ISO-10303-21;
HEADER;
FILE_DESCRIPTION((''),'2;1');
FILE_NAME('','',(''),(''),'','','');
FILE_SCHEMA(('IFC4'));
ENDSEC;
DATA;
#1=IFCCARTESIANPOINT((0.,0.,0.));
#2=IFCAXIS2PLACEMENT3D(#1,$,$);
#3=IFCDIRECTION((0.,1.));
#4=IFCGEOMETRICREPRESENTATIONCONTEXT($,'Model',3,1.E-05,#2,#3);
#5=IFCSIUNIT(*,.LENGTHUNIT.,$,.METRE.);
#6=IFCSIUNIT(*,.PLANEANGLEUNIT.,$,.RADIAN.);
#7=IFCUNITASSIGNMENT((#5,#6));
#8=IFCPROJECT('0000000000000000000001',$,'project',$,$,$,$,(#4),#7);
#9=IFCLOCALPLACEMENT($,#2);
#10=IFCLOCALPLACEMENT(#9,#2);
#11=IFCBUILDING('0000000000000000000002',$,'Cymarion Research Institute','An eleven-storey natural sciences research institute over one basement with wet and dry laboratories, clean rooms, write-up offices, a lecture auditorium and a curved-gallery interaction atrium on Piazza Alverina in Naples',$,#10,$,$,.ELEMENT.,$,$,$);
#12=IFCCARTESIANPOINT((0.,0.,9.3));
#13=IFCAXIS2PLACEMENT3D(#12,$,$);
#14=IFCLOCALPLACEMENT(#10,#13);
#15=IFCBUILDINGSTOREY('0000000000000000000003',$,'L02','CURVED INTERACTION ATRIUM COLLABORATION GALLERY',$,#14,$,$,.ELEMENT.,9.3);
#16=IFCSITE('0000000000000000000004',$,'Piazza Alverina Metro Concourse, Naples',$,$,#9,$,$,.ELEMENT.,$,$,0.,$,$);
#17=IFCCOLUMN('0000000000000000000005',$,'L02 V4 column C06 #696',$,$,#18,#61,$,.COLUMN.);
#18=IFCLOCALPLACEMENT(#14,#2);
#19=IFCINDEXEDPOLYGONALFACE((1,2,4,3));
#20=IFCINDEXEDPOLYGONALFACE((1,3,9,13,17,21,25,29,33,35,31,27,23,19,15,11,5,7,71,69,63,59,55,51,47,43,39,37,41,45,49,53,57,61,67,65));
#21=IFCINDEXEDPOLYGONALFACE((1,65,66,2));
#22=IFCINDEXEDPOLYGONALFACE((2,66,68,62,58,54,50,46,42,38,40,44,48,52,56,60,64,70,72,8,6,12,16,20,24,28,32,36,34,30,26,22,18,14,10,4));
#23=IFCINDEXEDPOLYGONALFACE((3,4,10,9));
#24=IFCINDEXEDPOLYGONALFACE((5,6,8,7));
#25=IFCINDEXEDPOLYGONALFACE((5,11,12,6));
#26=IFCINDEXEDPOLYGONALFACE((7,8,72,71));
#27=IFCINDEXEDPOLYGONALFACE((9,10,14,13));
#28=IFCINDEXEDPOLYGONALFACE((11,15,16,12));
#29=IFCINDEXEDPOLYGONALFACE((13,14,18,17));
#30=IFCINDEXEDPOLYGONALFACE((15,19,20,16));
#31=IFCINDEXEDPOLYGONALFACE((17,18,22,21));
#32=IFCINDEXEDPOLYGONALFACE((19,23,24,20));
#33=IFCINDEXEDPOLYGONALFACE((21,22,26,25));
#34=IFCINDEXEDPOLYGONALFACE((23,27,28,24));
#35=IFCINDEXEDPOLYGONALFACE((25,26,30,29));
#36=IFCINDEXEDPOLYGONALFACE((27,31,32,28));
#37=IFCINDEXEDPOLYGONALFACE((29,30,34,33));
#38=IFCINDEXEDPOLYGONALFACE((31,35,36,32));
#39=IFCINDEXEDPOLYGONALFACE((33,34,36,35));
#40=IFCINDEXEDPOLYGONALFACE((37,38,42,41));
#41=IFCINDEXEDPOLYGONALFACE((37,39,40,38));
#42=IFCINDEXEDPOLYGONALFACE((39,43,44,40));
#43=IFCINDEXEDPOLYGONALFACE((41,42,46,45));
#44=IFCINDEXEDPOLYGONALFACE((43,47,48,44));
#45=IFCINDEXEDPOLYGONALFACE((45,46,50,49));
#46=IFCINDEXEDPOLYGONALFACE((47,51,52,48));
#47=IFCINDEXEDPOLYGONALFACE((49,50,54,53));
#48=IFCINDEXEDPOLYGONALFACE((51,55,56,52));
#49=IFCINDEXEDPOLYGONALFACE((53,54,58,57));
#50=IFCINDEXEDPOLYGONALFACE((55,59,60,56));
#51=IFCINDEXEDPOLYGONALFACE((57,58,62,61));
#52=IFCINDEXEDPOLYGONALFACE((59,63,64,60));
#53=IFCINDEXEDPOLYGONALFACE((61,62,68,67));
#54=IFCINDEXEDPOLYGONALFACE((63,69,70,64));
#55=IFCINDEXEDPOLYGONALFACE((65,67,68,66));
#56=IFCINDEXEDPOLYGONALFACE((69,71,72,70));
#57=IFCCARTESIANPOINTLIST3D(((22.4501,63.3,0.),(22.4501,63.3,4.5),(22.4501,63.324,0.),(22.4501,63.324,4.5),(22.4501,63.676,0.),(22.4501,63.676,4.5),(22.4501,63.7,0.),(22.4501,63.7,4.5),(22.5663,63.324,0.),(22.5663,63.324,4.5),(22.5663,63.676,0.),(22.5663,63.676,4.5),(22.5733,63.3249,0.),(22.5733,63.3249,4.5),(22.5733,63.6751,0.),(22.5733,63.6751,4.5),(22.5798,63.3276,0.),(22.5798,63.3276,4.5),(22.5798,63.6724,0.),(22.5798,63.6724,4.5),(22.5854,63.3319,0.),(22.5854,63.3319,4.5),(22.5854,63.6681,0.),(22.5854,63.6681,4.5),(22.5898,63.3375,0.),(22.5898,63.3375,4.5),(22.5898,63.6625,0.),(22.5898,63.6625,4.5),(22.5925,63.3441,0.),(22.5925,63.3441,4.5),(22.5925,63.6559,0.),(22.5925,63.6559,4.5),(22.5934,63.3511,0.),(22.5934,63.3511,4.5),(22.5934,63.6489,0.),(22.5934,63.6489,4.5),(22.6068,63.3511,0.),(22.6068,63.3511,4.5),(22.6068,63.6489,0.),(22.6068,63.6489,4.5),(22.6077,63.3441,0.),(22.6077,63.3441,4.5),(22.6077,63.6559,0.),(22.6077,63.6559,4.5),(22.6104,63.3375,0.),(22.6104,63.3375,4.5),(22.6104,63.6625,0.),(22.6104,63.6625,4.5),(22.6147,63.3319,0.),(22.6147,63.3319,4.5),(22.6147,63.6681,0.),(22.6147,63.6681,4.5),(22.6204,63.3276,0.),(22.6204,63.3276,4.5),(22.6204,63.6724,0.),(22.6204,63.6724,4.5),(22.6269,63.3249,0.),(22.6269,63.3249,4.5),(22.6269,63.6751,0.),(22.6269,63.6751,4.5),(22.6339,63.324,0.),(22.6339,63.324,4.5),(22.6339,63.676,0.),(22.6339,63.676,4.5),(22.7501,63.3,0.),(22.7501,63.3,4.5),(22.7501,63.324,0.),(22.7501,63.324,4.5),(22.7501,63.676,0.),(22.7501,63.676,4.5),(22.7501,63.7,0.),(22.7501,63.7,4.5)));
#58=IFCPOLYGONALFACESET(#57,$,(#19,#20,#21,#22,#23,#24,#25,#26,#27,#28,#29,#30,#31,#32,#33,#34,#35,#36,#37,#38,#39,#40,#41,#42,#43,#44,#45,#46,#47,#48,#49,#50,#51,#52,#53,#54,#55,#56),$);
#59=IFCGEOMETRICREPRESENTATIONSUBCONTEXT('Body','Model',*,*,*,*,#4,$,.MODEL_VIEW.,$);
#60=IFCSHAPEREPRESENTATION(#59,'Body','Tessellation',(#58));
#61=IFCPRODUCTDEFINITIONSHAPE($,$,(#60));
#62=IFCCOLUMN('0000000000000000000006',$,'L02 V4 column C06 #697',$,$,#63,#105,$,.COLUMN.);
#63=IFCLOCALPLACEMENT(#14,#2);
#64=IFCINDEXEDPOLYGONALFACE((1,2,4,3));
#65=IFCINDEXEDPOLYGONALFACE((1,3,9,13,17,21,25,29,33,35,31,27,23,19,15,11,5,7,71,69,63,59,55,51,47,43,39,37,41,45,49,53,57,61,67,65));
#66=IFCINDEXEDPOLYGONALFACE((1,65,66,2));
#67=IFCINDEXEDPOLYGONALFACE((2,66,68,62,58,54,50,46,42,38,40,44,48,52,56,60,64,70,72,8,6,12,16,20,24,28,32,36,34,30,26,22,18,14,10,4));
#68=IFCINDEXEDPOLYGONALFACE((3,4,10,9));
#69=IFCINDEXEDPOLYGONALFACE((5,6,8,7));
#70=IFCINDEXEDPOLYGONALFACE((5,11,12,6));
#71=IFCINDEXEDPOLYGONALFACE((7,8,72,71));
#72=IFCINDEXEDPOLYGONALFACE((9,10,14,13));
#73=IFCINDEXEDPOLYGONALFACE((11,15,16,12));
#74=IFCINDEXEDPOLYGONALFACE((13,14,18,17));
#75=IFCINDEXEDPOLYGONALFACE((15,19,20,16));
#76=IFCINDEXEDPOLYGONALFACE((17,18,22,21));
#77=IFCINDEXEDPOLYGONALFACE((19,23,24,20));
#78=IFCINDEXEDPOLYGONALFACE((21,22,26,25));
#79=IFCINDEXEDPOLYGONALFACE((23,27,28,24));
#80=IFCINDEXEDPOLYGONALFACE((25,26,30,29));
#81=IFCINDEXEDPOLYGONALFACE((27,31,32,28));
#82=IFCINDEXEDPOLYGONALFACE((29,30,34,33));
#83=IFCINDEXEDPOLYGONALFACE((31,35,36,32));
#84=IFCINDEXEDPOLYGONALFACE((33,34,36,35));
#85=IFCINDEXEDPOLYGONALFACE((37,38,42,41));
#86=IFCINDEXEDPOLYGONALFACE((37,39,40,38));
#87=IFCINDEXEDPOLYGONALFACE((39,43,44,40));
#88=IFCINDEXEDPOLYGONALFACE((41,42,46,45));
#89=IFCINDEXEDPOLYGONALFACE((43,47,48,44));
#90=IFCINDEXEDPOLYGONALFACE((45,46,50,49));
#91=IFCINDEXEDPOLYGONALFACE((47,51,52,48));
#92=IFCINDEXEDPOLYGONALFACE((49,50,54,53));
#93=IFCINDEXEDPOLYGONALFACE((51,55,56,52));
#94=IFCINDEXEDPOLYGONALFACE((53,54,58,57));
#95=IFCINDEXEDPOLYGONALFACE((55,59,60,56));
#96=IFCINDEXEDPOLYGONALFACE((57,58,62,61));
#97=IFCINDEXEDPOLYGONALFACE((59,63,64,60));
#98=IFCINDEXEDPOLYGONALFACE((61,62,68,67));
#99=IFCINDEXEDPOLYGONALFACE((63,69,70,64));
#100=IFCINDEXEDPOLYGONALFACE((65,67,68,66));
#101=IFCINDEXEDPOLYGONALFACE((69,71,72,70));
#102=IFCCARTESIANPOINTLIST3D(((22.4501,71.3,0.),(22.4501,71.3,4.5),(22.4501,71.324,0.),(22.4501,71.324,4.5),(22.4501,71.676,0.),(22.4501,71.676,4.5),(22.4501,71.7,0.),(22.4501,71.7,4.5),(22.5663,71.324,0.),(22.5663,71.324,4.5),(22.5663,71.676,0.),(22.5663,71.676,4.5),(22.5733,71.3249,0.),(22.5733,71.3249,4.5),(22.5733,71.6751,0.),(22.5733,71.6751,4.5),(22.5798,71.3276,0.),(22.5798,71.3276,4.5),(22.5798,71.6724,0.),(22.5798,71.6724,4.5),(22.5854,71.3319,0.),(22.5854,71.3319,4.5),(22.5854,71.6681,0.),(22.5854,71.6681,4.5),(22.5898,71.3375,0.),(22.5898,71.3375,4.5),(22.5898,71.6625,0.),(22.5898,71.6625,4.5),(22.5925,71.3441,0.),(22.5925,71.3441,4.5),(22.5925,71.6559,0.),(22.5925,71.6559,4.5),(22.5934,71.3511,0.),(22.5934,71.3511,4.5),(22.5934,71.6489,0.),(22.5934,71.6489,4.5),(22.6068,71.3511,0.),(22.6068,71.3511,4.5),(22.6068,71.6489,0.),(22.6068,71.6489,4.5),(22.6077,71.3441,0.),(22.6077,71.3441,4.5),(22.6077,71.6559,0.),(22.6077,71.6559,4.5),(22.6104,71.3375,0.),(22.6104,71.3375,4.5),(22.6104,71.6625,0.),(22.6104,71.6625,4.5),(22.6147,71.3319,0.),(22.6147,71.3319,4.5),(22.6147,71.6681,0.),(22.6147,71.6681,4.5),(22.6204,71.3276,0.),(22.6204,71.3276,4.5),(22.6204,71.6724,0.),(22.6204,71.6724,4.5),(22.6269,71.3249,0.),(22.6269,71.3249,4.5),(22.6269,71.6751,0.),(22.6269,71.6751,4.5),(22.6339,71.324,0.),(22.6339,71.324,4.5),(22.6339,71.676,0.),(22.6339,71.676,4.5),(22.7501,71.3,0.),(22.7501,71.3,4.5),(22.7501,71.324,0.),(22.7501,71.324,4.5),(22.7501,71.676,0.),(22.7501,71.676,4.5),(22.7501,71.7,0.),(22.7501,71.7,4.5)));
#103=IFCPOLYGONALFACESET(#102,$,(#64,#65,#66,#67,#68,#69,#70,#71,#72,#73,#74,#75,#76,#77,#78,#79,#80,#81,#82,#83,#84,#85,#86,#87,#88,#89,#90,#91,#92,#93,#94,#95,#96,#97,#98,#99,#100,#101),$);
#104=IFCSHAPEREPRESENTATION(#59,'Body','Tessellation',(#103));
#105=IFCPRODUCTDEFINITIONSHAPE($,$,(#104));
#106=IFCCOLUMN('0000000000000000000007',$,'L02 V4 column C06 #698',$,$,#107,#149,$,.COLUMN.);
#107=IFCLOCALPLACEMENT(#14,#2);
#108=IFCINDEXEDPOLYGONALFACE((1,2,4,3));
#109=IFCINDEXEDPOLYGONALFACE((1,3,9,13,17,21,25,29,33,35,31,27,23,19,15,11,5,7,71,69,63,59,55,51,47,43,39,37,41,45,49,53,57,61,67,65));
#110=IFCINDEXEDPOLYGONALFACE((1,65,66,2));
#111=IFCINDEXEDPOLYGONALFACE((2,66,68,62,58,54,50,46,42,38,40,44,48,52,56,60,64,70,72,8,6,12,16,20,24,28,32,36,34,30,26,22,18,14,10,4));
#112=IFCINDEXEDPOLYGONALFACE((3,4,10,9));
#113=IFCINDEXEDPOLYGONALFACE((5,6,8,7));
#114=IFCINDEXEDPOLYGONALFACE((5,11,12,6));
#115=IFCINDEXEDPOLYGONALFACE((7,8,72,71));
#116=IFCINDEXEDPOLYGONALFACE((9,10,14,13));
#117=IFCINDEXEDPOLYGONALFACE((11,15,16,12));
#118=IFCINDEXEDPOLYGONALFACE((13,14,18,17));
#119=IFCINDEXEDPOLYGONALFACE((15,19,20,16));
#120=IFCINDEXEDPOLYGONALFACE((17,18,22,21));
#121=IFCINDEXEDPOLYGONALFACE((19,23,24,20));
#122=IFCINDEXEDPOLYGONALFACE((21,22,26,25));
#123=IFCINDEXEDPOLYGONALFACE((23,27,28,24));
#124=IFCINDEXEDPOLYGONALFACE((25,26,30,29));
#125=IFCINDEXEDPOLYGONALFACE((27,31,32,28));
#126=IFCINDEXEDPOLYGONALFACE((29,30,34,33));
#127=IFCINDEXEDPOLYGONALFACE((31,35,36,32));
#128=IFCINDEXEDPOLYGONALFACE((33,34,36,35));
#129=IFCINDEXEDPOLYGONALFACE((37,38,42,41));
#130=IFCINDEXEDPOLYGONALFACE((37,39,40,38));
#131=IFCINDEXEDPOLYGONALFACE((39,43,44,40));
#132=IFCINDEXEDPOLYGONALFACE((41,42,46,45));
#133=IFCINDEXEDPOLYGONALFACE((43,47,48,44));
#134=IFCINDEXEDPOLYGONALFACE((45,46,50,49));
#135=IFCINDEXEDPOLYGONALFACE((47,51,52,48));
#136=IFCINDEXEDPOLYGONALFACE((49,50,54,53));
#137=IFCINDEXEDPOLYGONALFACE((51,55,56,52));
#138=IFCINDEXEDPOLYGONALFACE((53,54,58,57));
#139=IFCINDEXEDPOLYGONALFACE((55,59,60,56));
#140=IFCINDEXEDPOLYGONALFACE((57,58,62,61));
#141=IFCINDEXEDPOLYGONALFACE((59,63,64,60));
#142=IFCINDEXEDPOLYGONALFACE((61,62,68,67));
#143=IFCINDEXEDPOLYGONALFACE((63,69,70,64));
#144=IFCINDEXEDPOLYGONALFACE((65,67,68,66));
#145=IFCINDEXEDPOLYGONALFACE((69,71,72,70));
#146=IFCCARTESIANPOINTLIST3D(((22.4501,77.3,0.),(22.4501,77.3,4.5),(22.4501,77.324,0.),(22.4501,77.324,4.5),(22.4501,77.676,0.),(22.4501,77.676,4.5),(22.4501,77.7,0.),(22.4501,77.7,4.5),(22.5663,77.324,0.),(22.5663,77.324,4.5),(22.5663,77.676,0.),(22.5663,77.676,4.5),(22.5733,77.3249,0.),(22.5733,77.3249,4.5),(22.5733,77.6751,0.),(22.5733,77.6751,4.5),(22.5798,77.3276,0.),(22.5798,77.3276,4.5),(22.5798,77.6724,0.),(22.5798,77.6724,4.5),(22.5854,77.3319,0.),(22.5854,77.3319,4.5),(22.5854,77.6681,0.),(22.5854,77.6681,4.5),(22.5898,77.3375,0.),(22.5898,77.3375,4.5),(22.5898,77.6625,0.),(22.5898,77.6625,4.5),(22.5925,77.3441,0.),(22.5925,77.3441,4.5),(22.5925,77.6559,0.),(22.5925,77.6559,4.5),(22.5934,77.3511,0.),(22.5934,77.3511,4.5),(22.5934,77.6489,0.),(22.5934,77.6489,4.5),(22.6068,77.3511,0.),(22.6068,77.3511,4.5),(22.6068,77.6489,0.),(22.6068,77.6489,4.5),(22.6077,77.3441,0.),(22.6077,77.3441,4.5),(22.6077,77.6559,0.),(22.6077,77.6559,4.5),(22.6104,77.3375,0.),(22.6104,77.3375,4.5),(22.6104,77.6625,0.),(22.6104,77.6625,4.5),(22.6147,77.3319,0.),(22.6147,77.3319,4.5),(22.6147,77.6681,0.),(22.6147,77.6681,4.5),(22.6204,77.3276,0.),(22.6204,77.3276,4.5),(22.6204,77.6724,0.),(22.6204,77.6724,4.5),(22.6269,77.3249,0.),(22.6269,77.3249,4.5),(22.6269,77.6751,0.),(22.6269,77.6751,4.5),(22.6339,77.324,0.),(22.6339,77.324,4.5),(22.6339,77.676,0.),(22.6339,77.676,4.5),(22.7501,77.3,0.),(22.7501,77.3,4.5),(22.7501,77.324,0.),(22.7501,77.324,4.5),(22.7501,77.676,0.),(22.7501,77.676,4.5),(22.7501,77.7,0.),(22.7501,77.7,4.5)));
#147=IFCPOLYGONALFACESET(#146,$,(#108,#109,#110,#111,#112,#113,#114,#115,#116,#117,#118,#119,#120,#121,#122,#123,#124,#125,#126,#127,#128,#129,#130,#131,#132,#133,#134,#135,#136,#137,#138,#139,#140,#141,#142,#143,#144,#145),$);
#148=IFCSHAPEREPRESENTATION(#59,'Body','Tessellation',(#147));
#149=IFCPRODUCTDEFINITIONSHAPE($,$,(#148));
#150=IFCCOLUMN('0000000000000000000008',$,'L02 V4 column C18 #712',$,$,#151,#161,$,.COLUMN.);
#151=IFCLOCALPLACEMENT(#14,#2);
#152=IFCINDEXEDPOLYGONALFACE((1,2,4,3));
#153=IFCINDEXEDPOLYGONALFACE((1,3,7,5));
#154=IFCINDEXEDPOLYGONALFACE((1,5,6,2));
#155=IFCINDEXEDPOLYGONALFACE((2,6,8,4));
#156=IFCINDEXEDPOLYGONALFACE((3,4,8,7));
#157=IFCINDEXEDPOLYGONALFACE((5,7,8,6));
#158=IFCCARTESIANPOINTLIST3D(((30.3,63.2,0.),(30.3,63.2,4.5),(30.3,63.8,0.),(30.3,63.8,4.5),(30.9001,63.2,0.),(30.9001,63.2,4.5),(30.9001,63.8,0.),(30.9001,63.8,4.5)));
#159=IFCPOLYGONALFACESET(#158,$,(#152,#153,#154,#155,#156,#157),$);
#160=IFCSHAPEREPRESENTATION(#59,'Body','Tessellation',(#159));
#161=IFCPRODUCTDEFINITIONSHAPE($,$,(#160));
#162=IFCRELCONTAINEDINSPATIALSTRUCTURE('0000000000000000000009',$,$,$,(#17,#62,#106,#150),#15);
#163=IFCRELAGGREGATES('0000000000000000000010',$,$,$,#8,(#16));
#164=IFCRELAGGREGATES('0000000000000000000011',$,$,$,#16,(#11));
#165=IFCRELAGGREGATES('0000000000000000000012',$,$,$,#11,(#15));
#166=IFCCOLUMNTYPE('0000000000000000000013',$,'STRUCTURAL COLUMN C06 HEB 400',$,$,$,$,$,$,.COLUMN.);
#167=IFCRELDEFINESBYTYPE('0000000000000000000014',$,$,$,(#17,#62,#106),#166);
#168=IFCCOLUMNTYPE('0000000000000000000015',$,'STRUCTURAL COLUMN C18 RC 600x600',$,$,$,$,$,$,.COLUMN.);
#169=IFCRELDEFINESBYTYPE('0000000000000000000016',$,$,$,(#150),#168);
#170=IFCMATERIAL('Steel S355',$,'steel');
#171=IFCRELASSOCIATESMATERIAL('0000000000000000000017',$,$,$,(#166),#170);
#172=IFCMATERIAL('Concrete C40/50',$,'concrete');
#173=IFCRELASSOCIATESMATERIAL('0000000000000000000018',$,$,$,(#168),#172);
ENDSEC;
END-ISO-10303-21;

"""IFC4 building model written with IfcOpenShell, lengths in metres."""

from ifc_helpers import new_model, si_unit, direction, frame, origin, origin_2d, place, context, subcontext, project, spatial, rectangle, i_section, extrude, material, material_profile, profile_set, type_object, element, save


model = new_model("IFC4")

# Units and contexts
model_context = context("Model", 3, precision=1e-05, world=origin(), true_north=direction((0.0, 1.0)))
body_context = subcontext(model_context, "Body", "Model", "MODEL_VIEW")
ifc_project = project(units=[si_unit("LENGTHUNIT", "METRE"), si_unit("PLANEANGLEUNIT", "RADIAN")], contexts=[model_context])

# Site, building, storey
site_placement = place(None, origin())
site = spatial("IfcSite", under=ifc_project, at=site_placement, Name="Piazza Alverina Metro Concourse, Naples", CompositionType="ELEMENT", RefElevation=0.0)
building_placement = place(site_placement, origin())
building = spatial("IfcBuilding", under=site, at=building_placement, Name="Cymarion Research Institute", Description="An eleven-storey natural sciences research institute over one basement with wet and dry laboratories, clean rooms, write-up offices, a lecture auditorium and a curved-gallery interaction atrium on Piazza Alverina in Naples", CompositionType="ELEMENT")
storey_placement = place(building_placement, frame((0.0, 0.0, 9.3)))
storey = spatial("IfcBuildingStorey", under=building, at=storey_placement, Name="L02", Description="CURVED INTERACTION ATRIUM COLLABORATION GALLERY", CompositionType="ELEMENT", Elevation=9.3)

# Columns
ifc_material_1 = material(Name="Steel S355", Category="steel")
ifc_material_profile_1 = material_profile(ifc_material_1, i_section(OverallWidth=0.3, OverallDepth=0.3999, WebThickness=0.0134, FlangeThickness=0.0239, FilletRadius=0.0271, at=origin_2d()), Name="HEB 400")
ifc_profile_set_1 = profile_set([ifc_material_profile_1], Name="Steel S355")
column_type_1 = type_object("IfcColumnType", Name="STRUCTURAL COLUMN C06 HEB 400", PredefinedType="COLUMN", material=ifc_profile_set_1)
for number, where, z_axis, x_axis, name in (
    (1, (22.6001, 63.5, 0.0), (0.0, 0.0, 1.0), (1.0, 0.0, 0.0), "L02 V4 column C06 #696"),
    (2, (22.6001, 71.5, 0.0), (0.0, 0.0, 1.0), (1.0, 0.0, 0.0), "L02 V4 column C06 #697"),
    (3, (22.6001, 77.5, 0.0), (0.0, 0.0, 1.0), (1.0, 0.0, 0.0), "L02 V4 column C06 #698"),
):
    element("IfcColumn", number, at=place(storey_placement, frame(where, z_axis=z_axis, x_axis=x_axis)), inside=storey, type_object=column_type_1, Name=name, PredefinedType="COLUMN", context=body_context, shape_type="SweptSolid", body=[
        extrude(i_section(OverallWidth=0.3, OverallDepth=0.3999, WebThickness=0.0134, FlangeThickness=0.0239, FilletRadius=0.0271, at=origin_2d()), origin(), (0.0, 0.0, 1.0), 4.5),
    ])
ifc_material_2 = material(Name="Concrete C40/50", Category="concrete")
ifc_material_profile_2 = material_profile(ifc_material_2, rectangle(XDim=0.6001, YDim=0.6001, at=origin_2d()), Name="RC 600x600")
ifc_profile_set_2 = profile_set([ifc_material_profile_2], Name="Concrete C40/50")
column_type_2 = type_object("IfcColumnType", Name="STRUCTURAL COLUMN C18 RC 600x600", PredefinedType="COLUMN", material=ifc_profile_set_2)
column_placement = place(storey_placement, frame((30.6001, 63.5, 0.0), z_axis=(0.0, 0.0, 1.0), x_axis=(1.0, 0.0, 0.0)))
element("IfcColumn", 4, at=column_placement, inside=storey, type_object=column_type_2, Name="L02 V4 column C18 #712", PredefinedType="COLUMN", context=body_context, shape_type="SweptSolid", body=[
    extrude(rectangle(XDim=0.6001, YDim=0.6001, at=origin_2d()), origin(), (0.0, 0.0, 1.0), 4.5),
])

save(model, "model.ifc")
